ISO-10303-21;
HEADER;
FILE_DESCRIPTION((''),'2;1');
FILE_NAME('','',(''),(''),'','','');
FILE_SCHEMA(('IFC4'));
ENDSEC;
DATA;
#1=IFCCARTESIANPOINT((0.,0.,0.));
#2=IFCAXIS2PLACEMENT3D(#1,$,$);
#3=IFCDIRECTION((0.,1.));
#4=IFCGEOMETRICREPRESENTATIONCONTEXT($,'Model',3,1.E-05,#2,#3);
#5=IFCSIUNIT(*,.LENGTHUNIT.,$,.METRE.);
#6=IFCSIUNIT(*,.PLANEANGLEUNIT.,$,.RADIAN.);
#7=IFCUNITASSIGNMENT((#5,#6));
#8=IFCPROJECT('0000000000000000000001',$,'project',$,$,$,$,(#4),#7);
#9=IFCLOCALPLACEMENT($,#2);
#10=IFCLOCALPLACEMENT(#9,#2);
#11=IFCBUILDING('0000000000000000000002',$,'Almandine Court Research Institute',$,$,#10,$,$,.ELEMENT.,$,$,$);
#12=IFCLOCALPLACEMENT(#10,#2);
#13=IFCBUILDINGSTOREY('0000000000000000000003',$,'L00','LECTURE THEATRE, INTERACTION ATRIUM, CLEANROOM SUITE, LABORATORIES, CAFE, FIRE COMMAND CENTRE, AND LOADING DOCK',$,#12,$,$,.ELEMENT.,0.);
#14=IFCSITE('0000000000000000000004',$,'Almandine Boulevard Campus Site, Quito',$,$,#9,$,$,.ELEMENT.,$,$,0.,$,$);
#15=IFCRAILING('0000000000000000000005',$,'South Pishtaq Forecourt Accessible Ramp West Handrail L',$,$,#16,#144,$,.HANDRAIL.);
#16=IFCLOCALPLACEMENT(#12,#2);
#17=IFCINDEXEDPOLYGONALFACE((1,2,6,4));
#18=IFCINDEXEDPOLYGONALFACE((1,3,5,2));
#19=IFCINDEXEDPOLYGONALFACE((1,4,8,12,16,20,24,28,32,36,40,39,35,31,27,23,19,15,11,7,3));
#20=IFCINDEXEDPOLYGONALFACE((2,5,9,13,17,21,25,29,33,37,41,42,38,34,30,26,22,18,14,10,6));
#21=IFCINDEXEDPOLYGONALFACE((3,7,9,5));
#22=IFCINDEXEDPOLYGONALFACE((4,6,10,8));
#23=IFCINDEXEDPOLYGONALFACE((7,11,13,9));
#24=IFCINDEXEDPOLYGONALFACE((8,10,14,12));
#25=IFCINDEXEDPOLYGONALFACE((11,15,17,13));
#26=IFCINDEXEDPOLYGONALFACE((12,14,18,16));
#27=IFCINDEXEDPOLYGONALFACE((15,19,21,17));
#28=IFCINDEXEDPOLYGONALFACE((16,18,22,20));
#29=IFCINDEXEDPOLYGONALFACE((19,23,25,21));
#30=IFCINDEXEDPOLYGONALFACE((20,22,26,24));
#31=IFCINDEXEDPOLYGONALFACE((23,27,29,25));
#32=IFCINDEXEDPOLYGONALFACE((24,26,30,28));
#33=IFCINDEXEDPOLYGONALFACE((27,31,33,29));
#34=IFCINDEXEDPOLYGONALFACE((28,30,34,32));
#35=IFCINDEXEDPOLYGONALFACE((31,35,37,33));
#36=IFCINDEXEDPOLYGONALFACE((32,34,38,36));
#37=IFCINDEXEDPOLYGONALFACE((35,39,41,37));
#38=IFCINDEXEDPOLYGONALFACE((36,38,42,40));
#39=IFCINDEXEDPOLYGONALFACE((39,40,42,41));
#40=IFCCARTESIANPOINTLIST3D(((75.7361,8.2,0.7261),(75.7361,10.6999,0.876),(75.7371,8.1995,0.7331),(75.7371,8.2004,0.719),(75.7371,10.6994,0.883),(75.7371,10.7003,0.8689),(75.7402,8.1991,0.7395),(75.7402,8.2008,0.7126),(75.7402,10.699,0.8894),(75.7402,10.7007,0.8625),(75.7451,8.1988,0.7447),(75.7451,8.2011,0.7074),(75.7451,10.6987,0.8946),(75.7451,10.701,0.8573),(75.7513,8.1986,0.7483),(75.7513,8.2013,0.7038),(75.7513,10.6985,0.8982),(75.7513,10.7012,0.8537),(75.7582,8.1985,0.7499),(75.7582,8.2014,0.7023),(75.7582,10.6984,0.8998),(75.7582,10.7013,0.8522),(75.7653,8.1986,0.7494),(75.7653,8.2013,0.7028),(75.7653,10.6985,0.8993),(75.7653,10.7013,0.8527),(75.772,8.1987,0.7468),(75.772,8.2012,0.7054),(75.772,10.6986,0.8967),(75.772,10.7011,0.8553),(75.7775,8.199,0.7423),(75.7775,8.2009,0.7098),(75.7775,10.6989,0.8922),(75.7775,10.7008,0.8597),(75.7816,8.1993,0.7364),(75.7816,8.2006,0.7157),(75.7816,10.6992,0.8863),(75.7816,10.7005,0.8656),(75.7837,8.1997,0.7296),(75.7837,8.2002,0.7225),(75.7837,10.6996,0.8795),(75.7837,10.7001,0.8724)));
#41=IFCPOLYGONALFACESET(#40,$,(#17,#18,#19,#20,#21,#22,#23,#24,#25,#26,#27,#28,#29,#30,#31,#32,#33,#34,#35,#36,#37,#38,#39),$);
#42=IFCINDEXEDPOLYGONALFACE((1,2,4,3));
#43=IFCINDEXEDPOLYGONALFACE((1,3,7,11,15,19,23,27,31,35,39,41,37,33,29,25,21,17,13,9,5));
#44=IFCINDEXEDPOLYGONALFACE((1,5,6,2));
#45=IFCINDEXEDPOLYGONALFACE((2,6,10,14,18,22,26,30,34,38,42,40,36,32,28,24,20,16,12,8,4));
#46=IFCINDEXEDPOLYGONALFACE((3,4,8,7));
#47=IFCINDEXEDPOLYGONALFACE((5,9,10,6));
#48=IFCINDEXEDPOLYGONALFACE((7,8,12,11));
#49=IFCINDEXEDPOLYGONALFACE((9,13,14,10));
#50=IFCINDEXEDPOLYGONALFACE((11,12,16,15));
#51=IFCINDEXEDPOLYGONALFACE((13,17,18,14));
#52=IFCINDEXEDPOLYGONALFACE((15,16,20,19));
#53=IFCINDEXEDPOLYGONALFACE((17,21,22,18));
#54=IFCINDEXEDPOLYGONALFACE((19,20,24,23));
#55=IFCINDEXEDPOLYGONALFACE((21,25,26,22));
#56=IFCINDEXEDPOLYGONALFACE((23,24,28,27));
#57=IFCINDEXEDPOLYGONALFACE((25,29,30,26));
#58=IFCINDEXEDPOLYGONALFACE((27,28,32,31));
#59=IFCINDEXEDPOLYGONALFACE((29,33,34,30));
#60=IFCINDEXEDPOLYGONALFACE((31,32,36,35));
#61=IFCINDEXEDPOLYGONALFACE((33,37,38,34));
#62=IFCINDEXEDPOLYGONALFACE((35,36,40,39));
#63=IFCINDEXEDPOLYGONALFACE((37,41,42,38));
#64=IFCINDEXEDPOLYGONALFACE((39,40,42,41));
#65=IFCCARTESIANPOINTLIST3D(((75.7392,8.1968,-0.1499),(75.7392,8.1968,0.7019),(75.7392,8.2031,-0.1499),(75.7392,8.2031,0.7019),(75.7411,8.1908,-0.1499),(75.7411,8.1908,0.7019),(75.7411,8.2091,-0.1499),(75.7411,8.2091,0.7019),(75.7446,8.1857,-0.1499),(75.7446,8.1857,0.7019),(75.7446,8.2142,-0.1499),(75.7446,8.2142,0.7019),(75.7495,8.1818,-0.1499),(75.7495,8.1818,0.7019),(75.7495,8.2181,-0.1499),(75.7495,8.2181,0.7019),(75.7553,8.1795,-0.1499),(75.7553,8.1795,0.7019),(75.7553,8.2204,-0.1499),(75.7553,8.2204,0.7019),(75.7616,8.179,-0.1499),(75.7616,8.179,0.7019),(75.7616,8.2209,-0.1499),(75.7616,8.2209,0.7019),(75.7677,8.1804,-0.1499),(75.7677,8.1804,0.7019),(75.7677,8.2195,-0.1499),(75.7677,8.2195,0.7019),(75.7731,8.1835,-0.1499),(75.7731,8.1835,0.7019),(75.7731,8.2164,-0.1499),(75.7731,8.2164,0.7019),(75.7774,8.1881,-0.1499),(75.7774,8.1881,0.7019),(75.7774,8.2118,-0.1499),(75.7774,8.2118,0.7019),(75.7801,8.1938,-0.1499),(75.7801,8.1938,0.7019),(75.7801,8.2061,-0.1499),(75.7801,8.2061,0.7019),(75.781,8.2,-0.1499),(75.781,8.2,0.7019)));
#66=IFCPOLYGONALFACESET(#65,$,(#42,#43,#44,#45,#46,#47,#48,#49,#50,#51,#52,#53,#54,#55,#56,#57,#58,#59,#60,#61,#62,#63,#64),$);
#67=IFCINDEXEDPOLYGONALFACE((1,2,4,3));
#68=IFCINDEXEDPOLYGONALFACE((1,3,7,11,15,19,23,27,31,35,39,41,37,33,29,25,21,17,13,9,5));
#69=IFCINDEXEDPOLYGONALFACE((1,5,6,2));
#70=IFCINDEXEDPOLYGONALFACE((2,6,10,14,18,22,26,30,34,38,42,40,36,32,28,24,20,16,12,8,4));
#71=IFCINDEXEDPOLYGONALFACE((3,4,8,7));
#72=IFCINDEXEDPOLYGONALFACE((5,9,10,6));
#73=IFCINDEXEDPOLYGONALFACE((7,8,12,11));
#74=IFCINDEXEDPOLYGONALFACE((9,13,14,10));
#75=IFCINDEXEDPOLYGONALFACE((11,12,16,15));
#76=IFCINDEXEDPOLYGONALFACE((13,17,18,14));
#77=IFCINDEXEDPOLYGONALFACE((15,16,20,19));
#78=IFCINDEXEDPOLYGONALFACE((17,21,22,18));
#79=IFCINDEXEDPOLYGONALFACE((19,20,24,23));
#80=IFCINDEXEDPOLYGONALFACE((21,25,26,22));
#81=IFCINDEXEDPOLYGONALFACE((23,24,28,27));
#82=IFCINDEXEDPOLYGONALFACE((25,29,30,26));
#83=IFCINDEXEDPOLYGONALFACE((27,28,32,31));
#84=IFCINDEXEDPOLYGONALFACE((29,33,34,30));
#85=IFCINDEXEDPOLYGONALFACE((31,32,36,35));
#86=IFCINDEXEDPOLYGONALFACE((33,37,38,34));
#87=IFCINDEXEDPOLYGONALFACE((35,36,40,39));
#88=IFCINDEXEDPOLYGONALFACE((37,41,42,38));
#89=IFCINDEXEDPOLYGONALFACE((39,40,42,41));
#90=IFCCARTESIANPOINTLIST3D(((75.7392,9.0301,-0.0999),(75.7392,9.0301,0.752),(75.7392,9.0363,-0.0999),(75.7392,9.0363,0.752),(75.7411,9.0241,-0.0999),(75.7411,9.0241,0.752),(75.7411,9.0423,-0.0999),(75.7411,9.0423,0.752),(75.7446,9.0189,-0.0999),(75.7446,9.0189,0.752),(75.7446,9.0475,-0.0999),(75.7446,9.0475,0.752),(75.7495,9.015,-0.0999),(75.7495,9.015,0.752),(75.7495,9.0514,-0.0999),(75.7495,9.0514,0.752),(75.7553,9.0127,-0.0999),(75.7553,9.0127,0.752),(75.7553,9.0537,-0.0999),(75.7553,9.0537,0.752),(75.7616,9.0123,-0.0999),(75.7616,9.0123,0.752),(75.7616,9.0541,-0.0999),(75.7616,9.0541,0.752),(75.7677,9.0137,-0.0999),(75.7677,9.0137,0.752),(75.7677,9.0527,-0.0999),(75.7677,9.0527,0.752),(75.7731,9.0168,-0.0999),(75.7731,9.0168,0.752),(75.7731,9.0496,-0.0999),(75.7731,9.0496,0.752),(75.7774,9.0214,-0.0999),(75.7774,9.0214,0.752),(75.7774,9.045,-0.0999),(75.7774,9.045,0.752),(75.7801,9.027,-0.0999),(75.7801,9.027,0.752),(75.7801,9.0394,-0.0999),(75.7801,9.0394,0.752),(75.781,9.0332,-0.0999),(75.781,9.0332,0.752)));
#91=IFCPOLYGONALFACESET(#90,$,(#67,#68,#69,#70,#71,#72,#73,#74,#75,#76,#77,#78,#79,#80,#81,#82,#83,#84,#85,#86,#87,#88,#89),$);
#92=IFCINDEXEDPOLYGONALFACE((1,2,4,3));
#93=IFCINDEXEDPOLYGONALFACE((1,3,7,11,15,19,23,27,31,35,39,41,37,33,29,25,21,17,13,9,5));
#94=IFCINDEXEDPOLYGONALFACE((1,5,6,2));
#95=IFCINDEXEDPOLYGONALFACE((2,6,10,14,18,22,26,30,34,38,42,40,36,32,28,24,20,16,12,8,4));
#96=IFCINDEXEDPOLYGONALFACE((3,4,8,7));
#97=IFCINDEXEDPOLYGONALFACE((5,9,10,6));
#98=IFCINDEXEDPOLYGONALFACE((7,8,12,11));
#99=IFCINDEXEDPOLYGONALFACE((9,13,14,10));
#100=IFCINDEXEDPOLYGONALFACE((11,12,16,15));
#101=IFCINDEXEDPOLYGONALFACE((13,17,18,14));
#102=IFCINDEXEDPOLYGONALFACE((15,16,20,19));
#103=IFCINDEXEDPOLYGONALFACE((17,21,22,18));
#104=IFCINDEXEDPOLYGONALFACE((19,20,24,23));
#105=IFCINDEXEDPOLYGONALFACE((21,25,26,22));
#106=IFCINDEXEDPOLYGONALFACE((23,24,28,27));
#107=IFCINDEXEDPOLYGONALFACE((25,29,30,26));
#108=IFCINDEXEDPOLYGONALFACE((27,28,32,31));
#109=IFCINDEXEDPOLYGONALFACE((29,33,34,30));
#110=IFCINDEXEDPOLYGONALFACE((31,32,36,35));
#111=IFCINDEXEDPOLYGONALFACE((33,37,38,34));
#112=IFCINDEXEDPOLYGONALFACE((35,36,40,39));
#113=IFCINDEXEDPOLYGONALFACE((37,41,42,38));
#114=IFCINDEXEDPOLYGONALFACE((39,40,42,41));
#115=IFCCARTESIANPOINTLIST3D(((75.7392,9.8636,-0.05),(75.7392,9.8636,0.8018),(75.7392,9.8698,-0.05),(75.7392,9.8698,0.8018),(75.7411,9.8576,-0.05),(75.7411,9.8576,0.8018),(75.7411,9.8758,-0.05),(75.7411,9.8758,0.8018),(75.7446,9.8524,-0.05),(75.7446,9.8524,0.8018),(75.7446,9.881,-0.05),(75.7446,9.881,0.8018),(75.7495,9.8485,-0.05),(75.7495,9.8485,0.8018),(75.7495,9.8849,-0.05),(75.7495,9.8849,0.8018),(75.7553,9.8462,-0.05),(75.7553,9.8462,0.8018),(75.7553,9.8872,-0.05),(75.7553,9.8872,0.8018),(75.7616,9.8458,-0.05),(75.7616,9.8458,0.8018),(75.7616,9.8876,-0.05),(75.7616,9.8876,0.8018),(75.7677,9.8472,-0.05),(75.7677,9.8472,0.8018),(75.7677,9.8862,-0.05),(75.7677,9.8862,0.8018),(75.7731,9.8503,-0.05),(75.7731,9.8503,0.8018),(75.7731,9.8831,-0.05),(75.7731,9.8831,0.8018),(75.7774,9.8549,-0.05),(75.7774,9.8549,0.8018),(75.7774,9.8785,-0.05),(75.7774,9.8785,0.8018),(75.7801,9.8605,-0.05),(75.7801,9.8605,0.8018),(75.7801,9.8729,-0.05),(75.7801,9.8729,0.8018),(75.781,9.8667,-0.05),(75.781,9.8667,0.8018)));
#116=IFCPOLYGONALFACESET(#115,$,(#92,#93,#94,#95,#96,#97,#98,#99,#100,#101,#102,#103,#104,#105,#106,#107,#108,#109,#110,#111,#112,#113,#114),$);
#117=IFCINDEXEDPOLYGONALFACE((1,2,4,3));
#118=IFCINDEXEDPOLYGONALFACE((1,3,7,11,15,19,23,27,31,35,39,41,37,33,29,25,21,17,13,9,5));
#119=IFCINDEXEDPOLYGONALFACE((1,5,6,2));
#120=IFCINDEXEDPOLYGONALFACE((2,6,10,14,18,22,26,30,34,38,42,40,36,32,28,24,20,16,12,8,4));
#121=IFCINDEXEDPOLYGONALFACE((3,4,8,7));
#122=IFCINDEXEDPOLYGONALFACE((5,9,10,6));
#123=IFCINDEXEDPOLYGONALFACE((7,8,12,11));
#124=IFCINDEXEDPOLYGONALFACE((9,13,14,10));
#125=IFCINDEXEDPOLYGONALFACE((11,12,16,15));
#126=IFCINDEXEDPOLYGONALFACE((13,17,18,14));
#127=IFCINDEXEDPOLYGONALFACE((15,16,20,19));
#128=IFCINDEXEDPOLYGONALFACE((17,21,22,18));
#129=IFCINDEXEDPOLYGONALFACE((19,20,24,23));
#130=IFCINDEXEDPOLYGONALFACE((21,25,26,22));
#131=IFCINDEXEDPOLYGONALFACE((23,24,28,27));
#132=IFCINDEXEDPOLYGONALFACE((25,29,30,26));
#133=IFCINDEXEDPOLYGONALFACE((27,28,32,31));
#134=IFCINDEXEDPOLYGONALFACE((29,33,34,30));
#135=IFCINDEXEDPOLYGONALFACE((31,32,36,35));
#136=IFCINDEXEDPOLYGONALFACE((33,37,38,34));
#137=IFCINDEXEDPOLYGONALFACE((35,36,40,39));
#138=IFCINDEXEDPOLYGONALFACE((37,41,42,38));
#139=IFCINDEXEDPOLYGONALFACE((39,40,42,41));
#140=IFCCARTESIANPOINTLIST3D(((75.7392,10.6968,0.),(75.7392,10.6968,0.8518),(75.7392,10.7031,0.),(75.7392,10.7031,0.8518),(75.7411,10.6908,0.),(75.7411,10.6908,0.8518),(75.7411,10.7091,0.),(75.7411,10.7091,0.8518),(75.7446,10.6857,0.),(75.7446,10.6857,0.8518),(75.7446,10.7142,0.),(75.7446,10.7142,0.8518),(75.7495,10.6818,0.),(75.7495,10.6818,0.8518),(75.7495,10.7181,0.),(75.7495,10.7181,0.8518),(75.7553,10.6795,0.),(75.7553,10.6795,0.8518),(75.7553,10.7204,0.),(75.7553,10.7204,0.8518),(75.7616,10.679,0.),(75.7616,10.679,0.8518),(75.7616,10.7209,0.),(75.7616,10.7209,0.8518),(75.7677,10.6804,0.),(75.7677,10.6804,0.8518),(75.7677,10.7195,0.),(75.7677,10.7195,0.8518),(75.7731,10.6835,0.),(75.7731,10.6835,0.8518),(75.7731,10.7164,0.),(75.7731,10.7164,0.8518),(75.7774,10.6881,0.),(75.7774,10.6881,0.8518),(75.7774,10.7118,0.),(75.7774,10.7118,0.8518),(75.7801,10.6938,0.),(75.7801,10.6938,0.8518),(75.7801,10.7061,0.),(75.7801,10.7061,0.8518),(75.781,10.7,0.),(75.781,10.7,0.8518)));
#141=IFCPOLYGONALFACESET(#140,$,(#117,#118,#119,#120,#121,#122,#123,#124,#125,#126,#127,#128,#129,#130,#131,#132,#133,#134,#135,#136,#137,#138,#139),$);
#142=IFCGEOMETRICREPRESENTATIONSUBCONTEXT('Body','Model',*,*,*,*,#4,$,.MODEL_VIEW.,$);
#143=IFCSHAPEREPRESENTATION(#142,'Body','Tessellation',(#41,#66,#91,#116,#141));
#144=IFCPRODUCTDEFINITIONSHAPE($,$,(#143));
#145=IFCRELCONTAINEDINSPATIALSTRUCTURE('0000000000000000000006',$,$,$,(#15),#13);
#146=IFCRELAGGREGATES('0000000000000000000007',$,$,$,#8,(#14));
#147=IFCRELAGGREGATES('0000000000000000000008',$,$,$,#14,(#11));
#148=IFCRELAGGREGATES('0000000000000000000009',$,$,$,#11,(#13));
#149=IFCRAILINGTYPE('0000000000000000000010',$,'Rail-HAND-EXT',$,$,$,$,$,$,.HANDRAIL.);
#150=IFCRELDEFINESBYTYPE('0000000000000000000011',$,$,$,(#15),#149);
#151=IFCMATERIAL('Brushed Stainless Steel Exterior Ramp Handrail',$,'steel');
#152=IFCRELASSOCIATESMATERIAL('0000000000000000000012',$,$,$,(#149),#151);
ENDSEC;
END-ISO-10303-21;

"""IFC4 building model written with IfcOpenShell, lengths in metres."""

from ifc_helpers import new_model, si_unit, direction, frame, origin, origin_2d, place, context, subcontext, project, spatial, circle, extrude, material, type_object, element, save


model = new_model("IFC4")

# Units and contexts
model_context = context("Model", 3, precision=1e-05, world=origin(), true_north=direction((0.0, 1.0)))
body_context = subcontext(model_context, "Body", "Model", "MODEL_VIEW")
ifc_project = project(units=[si_unit("LENGTHUNIT", "METRE"), si_unit("PLANEANGLEUNIT", "RADIAN")], contexts=[model_context])

# Site, building, storey
site_placement = place(None, origin())
site = spatial("IfcSite", under=ifc_project, at=site_placement, Name="Almandine Boulevard Campus Site, Quito", CompositionType="ELEMENT", RefElevation=0.0)
building_placement = place(site_placement, origin())
building = spatial("IfcBuilding", under=site, at=building_placement, Name="Almandine Court Research Institute", CompositionType="ELEMENT")
storey_placement = place(building_placement, origin())
storey = spatial("IfcBuildingStorey", under=building, at=storey_placement, Name="L00", Description="LECTURE THEATRE, INTERACTION ATRIUM, CLEANROOM SUITE, LABORATORIES, CAFE, FIRE COMMAND CENTRE, AND LOADING DOCK", CompositionType="ELEMENT", Elevation=0.0)

# Railing
ifc_material_1 = material(Name="Brushed Stainless Steel Exterior Ramp Handrail", Category="steel")
railing_type = type_object("IfcRailingType", Name="Rail-HAND-EXT", PredefinedType="HANDRAIL", material=ifc_material_1)
for number, where, name in (
    (1, (75.76, 8.2, -0.1499), "South Pishtaq Forecourt Accessible Ramp West Handrail L"),
):
    element("IfcRailing", number, at=place(storey_placement, frame(where)), inside=storey, type_object=railing_type, Name=name, PredefinedType="HANDRAIL", context=body_context, shape_type="SweptSolid", body=[
        extrude(circle(Radius=0.0239, at=origin_2d()), frame((0.0, 0.0, 0.876), z_axis=(0.0, 0.998207, 0.059853), x_axis=(-1.0, 0.0, 0.0)), (0.0, 0.0, 1.0), 2.5044),
        extrude(circle(Radius=0.021, at=origin_2d()), origin(), (0.0, 0.0, 1.0), 0.8518),
        extrude(circle(Radius=0.021, at=origin_2d()), frame((0.0, 0.8333, 0.05)), (0.0, 0.0, 1.0), 0.8518),
        extrude(circle(Radius=0.021, at=origin_2d()), frame((0.0, 1.6667, 0.0999)), (0.0, 0.0, 1.0), 0.8518),
        extrude(circle(Radius=0.021, at=origin_2d()), frame((0.0, 2.5, 0.1499)), (0.0, 0.0, 1.0), 0.8518),
    ])

save(model, "model.ifc")
